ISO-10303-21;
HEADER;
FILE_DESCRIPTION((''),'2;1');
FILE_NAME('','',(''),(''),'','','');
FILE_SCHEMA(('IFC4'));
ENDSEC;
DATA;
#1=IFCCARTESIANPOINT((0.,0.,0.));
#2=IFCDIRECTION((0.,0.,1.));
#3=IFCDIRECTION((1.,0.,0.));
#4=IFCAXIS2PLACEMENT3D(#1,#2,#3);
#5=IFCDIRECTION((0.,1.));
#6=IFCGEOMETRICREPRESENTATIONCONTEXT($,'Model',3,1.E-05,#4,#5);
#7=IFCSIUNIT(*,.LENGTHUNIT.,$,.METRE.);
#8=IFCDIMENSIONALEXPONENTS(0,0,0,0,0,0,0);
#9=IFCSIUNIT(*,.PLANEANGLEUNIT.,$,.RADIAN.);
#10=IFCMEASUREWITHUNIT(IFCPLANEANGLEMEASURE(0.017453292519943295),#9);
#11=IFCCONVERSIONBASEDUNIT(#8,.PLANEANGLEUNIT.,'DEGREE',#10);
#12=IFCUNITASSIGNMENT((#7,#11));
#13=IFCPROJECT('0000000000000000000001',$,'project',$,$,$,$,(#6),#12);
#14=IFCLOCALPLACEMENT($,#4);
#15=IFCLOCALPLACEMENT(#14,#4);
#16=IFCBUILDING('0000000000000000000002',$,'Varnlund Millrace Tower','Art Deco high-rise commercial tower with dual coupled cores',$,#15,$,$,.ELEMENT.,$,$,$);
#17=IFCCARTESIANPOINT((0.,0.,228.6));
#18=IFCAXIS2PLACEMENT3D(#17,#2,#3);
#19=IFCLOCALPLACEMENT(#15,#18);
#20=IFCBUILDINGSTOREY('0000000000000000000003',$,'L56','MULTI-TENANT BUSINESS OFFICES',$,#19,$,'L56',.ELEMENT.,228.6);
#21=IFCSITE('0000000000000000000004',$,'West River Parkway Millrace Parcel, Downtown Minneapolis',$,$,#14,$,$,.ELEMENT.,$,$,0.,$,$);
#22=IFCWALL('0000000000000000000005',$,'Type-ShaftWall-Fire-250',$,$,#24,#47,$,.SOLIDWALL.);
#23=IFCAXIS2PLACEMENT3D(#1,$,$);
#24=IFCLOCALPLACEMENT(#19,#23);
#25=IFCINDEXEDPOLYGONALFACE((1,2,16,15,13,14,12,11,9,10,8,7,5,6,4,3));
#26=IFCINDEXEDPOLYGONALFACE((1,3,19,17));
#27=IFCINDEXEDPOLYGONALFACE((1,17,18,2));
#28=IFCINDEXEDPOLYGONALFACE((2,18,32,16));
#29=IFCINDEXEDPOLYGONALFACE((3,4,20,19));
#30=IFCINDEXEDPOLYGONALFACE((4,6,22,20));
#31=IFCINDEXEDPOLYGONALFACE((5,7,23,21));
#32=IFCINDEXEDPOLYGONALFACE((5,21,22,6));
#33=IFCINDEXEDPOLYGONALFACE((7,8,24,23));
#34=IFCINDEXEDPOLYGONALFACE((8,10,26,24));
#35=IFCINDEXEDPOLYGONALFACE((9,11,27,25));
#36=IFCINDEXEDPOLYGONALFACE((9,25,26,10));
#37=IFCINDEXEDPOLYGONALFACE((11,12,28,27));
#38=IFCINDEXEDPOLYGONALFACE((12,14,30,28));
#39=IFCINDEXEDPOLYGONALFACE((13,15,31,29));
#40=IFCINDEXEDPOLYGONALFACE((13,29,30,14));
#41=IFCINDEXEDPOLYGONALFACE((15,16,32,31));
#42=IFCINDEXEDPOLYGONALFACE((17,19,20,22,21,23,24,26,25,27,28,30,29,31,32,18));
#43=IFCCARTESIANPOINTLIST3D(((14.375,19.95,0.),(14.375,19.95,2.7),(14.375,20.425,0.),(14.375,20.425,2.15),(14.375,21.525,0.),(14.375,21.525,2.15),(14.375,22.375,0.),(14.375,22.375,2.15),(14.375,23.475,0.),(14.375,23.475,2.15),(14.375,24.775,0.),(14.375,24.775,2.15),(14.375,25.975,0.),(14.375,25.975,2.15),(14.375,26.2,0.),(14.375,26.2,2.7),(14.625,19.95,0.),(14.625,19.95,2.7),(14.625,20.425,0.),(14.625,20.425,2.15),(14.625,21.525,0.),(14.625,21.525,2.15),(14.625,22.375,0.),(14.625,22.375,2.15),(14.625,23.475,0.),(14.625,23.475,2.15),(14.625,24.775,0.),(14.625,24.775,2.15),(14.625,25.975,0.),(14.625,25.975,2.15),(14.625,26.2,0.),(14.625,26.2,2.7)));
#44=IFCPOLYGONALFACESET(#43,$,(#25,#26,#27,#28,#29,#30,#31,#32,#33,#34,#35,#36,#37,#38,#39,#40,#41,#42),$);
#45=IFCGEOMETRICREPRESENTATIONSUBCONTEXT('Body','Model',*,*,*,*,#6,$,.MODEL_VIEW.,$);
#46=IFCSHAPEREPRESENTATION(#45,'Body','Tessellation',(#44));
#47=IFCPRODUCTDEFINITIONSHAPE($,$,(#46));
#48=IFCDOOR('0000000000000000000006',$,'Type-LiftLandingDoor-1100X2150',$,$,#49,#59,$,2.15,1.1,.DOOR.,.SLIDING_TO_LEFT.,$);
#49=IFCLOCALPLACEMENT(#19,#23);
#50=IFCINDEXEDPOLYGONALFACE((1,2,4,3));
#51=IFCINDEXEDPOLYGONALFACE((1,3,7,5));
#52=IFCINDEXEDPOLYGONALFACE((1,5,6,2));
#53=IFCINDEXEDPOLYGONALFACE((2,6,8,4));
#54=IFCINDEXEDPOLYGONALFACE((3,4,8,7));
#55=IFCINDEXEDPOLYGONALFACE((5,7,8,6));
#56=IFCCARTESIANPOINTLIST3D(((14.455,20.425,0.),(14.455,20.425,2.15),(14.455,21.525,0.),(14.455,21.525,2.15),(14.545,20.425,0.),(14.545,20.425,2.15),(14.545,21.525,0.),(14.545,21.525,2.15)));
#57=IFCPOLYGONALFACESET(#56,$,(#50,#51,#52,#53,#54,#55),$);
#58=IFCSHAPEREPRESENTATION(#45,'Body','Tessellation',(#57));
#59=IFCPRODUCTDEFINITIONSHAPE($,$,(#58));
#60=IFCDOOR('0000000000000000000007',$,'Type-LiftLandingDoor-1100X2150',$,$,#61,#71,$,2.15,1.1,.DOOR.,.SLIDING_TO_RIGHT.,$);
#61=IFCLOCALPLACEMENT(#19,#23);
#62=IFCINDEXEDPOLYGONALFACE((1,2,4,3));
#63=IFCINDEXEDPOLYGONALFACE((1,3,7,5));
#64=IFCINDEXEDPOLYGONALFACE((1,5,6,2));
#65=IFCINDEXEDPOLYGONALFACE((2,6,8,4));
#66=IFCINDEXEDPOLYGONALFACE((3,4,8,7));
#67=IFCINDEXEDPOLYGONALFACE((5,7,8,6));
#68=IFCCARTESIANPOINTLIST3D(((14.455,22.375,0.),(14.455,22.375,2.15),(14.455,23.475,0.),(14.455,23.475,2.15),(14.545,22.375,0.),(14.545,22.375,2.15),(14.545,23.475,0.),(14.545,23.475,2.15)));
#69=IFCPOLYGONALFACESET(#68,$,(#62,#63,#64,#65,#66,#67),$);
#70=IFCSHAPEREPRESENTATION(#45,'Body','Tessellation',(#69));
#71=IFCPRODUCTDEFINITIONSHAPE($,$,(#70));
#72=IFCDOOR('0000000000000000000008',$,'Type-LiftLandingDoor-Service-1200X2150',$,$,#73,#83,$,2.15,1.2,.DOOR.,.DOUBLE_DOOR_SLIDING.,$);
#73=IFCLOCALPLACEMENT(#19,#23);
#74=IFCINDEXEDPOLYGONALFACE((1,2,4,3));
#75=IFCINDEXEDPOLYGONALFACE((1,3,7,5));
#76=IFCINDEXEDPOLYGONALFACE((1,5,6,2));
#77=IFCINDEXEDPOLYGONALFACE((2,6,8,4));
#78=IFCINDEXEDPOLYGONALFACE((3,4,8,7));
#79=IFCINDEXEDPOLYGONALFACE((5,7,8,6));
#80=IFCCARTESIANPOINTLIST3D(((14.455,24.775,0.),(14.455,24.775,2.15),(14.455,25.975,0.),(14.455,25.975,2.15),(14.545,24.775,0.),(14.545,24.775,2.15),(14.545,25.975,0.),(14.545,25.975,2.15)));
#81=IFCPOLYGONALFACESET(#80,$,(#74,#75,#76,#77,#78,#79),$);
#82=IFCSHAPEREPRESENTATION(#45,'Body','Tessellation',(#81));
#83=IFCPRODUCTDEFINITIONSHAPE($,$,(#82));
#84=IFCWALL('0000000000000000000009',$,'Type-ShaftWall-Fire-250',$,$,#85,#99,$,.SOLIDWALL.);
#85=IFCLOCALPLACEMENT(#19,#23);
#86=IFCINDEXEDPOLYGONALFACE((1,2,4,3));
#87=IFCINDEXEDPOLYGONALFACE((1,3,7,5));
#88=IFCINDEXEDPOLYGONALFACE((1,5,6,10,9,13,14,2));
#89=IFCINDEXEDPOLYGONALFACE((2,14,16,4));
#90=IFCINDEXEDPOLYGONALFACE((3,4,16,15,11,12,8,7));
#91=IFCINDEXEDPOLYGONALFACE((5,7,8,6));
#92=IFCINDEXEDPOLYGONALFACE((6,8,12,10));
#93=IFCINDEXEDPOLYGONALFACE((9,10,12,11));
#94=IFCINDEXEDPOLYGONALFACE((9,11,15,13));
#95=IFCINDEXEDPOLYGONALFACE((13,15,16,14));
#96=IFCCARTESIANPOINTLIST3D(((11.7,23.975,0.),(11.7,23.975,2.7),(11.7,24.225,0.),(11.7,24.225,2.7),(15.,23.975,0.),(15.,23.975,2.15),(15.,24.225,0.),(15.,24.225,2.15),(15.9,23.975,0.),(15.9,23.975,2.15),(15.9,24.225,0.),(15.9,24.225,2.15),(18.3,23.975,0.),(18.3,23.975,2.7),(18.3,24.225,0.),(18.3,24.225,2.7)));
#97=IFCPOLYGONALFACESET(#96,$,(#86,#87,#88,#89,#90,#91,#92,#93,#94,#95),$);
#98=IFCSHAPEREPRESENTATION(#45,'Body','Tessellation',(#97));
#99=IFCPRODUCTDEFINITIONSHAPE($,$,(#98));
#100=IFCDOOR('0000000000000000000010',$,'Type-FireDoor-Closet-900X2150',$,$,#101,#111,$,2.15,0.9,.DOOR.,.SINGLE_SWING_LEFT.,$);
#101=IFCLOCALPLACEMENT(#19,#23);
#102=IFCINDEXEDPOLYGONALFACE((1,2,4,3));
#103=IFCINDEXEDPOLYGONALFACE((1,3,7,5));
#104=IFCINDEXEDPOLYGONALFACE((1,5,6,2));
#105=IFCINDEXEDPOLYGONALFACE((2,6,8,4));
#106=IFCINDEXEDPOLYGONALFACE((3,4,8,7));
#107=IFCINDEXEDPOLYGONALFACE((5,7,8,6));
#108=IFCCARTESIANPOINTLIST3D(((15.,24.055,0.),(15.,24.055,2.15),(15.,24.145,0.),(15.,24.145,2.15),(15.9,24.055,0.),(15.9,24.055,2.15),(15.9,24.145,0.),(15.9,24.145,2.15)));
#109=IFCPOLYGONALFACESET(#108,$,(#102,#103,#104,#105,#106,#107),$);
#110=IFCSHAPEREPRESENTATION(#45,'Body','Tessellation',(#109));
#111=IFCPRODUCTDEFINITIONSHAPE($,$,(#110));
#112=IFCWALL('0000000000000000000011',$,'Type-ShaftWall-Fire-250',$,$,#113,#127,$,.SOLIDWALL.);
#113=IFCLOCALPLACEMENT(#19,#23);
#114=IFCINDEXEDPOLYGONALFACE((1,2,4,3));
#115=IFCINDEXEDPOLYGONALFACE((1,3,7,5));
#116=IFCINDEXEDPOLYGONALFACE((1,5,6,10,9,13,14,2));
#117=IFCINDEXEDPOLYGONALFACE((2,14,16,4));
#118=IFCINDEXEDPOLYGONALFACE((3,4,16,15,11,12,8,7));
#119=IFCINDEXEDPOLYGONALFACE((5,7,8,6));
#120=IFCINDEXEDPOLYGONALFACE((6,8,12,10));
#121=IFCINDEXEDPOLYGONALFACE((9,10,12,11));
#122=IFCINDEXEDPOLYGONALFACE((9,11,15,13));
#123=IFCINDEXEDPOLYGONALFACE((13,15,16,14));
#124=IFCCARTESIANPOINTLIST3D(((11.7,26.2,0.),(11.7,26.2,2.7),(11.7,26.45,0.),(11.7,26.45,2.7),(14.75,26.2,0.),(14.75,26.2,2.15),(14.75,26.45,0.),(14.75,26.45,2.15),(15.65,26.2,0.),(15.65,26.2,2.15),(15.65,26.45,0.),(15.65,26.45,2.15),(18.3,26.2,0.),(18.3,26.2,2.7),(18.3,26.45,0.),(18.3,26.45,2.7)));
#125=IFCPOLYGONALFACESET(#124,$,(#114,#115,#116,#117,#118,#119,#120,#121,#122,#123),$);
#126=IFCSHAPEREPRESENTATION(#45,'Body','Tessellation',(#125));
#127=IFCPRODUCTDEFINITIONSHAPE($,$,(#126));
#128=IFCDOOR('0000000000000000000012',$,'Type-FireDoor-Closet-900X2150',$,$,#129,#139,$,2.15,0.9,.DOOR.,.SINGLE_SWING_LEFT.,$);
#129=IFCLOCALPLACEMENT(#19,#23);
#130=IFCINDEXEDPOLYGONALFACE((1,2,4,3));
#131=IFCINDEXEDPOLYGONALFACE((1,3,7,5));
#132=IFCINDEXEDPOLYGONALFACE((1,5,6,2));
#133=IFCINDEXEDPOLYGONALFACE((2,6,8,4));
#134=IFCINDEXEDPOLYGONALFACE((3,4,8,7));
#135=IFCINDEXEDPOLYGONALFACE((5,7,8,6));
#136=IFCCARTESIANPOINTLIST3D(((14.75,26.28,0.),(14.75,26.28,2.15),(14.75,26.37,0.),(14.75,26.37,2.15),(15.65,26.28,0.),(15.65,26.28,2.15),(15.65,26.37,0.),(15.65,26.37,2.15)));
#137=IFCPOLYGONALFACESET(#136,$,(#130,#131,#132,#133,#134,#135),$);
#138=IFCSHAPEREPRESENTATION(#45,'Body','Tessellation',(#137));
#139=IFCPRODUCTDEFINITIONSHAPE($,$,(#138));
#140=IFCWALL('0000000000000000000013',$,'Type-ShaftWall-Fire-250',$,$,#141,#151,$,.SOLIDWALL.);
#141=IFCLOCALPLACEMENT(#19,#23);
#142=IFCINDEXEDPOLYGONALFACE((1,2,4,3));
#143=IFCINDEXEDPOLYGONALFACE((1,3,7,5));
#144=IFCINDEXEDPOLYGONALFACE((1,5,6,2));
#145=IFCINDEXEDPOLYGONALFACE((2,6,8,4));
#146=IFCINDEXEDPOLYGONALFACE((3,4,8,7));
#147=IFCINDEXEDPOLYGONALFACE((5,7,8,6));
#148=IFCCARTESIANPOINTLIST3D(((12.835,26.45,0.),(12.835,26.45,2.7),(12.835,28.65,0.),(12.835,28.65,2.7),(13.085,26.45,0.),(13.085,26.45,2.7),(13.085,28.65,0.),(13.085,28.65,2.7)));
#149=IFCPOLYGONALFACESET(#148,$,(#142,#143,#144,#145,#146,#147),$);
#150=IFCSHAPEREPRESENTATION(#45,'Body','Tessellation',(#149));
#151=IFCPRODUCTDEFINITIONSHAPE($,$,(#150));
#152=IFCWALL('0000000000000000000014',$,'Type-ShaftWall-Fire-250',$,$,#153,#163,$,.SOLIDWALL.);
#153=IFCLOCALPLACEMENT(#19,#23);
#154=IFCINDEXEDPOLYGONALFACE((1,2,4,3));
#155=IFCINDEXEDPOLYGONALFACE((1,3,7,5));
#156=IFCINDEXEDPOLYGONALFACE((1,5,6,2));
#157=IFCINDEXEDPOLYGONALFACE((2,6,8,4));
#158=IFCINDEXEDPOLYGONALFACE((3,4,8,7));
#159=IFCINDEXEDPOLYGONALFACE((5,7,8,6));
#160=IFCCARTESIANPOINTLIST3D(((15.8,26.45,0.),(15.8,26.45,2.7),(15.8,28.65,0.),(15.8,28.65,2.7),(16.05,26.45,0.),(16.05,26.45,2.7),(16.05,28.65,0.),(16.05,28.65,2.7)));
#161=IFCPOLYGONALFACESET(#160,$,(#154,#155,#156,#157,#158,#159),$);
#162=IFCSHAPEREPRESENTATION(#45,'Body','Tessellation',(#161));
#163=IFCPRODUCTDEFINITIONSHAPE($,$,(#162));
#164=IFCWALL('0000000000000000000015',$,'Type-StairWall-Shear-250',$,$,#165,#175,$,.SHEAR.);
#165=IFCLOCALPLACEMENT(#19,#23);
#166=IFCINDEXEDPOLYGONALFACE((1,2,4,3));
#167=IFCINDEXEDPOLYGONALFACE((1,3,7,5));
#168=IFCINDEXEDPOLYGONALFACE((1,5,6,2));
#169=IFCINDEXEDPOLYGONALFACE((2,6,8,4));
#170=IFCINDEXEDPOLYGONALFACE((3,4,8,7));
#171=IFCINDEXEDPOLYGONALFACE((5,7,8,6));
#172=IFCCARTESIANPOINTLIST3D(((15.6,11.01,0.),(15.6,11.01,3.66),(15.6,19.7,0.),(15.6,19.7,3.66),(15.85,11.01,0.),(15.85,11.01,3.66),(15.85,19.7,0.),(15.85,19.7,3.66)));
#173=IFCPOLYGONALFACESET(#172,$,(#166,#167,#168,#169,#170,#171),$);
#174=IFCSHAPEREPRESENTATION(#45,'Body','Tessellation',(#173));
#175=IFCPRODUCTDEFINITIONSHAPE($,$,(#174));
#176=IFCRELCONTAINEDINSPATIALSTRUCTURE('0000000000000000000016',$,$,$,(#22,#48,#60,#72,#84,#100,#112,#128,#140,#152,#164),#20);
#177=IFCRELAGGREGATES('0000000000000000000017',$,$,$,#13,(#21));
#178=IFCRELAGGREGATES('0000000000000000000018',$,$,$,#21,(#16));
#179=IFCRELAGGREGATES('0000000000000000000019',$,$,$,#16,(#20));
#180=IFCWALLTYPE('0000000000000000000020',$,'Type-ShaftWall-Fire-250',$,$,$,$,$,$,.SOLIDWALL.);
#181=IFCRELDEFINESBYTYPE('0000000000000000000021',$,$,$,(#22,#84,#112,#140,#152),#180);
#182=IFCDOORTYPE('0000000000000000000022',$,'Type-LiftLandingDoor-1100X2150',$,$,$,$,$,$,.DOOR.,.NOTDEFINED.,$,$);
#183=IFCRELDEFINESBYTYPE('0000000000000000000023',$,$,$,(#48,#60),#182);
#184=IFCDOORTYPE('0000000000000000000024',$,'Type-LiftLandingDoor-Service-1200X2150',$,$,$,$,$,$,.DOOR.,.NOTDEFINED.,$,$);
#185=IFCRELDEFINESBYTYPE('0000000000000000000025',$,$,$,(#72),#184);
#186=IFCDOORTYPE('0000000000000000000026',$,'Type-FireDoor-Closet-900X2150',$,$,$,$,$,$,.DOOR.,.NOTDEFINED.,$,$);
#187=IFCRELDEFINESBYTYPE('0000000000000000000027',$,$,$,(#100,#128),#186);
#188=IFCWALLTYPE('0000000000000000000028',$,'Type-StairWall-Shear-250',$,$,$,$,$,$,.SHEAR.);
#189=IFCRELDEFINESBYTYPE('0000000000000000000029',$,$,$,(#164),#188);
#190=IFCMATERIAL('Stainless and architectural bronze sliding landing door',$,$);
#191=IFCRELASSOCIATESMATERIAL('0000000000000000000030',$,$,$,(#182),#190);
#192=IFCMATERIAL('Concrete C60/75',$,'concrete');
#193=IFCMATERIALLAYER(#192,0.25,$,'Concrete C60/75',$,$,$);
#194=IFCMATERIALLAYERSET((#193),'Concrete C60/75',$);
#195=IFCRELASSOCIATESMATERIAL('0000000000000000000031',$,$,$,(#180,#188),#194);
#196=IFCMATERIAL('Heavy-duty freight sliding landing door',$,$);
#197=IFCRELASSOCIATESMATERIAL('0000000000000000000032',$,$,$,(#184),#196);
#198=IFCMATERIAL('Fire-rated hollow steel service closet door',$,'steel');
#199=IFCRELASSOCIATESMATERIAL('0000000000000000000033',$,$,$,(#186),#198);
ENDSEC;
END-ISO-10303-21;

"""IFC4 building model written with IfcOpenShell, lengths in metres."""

from ifc_helpers import new_model, entity, si_unit, converted_unit, direction, frame, origin_with_axes, origin_2d_with_axis, place, context, subcontext, project, spatial, polyline, rectangle, outline, extrude, material, layer, layer_set, type_object, element, fill, save


model = new_model("IFC4")

# Units and contexts
model_context = context("Model", 3, precision=1e-05, world=origin_with_axes(), true_north=direction((0.0, 1.0)))
body_context = subcontext(model_context, "Body", "Model", "MODEL_VIEW")
ifc_project = project(units=[si_unit("LENGTHUNIT", "METRE"), converted_unit("PLANEANGLEUNIT", "DEGREE", entity("IfcPlaneAngleMeasure", 0.017453292519943295), si_unit("PLANEANGLEUNIT", "RADIAN"), dimensions=[0, 0, 0, 0, 0, 0, 0])], contexts=[model_context])

# Site, building, storey
site_placement = place(None, origin_with_axes())
site = spatial("IfcSite", under=ifc_project, at=site_placement, Name="West River Parkway Millrace Parcel, Downtown Minneapolis", CompositionType="ELEMENT", RefElevation=0.0)
building_placement = place(site_placement, origin_with_axes())
building = spatial("IfcBuilding", under=site, at=building_placement, Name="Varnlund Millrace Tower", Description="Art Deco high-rise commercial tower with dual coupled cores", CompositionType="ELEMENT")
storey_placement = place(building_placement, frame((0.0, 0.0, 228.6), z_axis=(0.0, 0.0, 1.0), x_axis=(1.0, 0.0, 0.0)))
storey = spatial("IfcBuildingStorey", under=building, at=storey_placement, Name="L56", Description="MULTI-TENANT BUSINESS OFFICES", LongName="L56", CompositionType="ELEMENT", Elevation=228.6)

# Shared definitions
ifc_material_1 = material(Name="Concrete C60/75", Category="concrete")

# Wall, openings, doors
ifc_material_2 = material(Name="Stainless and architectural bronze sliding landing door")
door_type_1 = type_object("IfcDoorType", Name="Type-LiftLandingDoor-1100X2150", OperationType="NOTDEFINED", PredefinedType="DOOR", material=ifc_material_2)
ifc_layer_1 = layer(ifc_material_1, 0.25, Name="Concrete C60/75")
ifc_layer_set_1 = layer_set([ifc_layer_1], Name="Concrete C60/75")
wall_type_1 = type_object("IfcWallType", Name="Type-ShaftWall-Fire-250", PredefinedType="SOLIDWALL", material=ifc_layer_set_1)
wall_1_placement = place(storey_placement, frame((14.5, 19.95, 0.0), z_axis=(0.0, 0.0, 1.0), x_axis=(0.0, 1.0, 0.0)))
wall_1 = element("IfcWall", 1, at=wall_1_placement, inside=storey, type_object=wall_type_1, Name="Type-ShaftWall-Fire-250", PredefinedType="SOLIDWALL", context=body_context, shape_type="SweptSolid", body=[
    extrude(outline(polyline([(0.0, -0.125), (6.25, -0.125), (6.25, 0.125), (0.0, 0.125), (0.0, -0.125)])), origin_with_axes(), (0.0, 0.0, 1.0), 2.7),
])
opening_1_placement = place(wall_1_placement, frame((1.025, 0.0, 0.0), z_axis=(0.0, 0.0, 1.0), x_axis=(1.0, 0.0, 0.0)))
opening_1 = element("IfcOpeningElement", 2, at=opening_1_placement, cuts=wall_1, PredefinedType="OPENING", context=body_context, shape_type="SweptSolid", body=[
    extrude(rectangle(XDim=1.1, YDim=0.27, at=origin_2d_with_axis()), origin_with_axes(), (0.0, 0.0, 1.0), 2.15),
])
opening_2_placement = place(wall_1_placement, frame((2.975, 0.0, 0.0), z_axis=(0.0, 0.0, 1.0), x_axis=(1.0, 0.0, 0.0)))
opening_2 = element("IfcOpeningElement", 3, at=opening_2_placement, cuts=wall_1, PredefinedType="OPENING", context=body_context, shape_type="SweptSolid", body=[
    extrude(rectangle(XDim=1.1, YDim=0.27, at=origin_2d_with_axis()), origin_with_axes(), (0.0, 0.0, 1.0), 2.15),
])
opening_3_placement = place(wall_1_placement, frame((5.425, 0.0, 0.0), z_axis=(0.0, 0.0, 1.0), x_axis=(1.0, 0.0, 0.0)))
opening_3 = element("IfcOpeningElement", 4, at=opening_3_placement, cuts=wall_1, PredefinedType="OPENING", context=body_context, shape_type="SweptSolid", body=[
    extrude(rectangle(XDim=1.2, YDim=0.27, at=origin_2d_with_axis()), origin_with_axes(), (0.0, 0.0, 1.0), 2.15),
])
door_1_placement = place(wall_1_placement, frame((1.025, 0.0, 0.0), z_axis=(0.0, 0.0, 1.0), x_axis=(1.0, 0.0, 0.0)))
door_1 = element("IfcDoor", 5, at=door_1_placement, inside=storey, type_object=door_type_1, Name="Type-LiftLandingDoor-1100X2150", OperationType="SLIDING_TO_LEFT", OverallHeight=2.15, OverallWidth=1.1, PredefinedType="DOOR", context=body_context, shape_type="SweptSolid", body=[
    extrude(rectangle(XDim=1.1, YDim=0.09, at=origin_2d_with_axis()), origin_with_axes(), (0.0, 0.0, 1.0), 2.15),
])
fill(opening_1, door_1)
door_2_placement = place(wall_1_placement, frame((2.975, 0.0, 0.0), z_axis=(0.0, 0.0, 1.0), x_axis=(1.0, 0.0, 0.0)))
door_2 = element("IfcDoor", 6, at=door_2_placement, inside=storey, type_object=door_type_1, Name="Type-LiftLandingDoor-1100X2150", OperationType="SLIDING_TO_RIGHT", OverallHeight=2.15, OverallWidth=1.1, PredefinedType="DOOR", context=body_context, shape_type="SweptSolid", body=[
    extrude(rectangle(XDim=1.1, YDim=0.09, at=origin_2d_with_axis()), origin_with_axes(), (0.0, 0.0, 1.0), 2.15),
])
fill(opening_2, door_2)
ifc_material_3 = material(Name="Heavy-duty freight sliding landing door")
door_type_2 = type_object("IfcDoorType", Name="Type-LiftLandingDoor-Service-1200X2150", OperationType="NOTDEFINED", PredefinedType="DOOR", material=ifc_material_3)
door_3_placement = place(wall_1_placement, frame((5.425, 0.0, 0.0), z_axis=(0.0, 0.0, 1.0), x_axis=(1.0, 0.0, 0.0)))
door_3 = element("IfcDoor", 7, at=door_3_placement, inside=storey, type_object=door_type_2, Name="Type-LiftLandingDoor-Service-1200X2150", OperationType="DOUBLE_DOOR_SLIDING", OverallHeight=2.15, OverallWidth=1.2, PredefinedType="DOOR", context=body_context, shape_type="SweptSolid", body=[
    extrude(rectangle(XDim=1.2, YDim=0.09, at=origin_2d_with_axis()), origin_with_axes(), (0.0, 0.0, 1.0), 2.15),
])
fill(opening_3, door_3)

# Walls, openings, doors
wall_2_placement = place(storey_placement, frame((11.7, 24.1, 0.0), z_axis=(0.0, 0.0, 1.0), x_axis=(1.0, 0.0, 0.0)))
wall_2 = element("IfcWall", 8, at=wall_2_placement, inside=storey, type_object=wall_type_1, Name="Type-ShaftWall-Fire-250", PredefinedType="SOLIDWALL", context=body_context, shape_type="SweptSolid", body=[
    extrude(outline(polyline([(0.0, -0.125), (6.6, -0.125), (6.6, 0.125), (0.0, 0.125), (0.0, -0.125)])), origin_with_axes(), (0.0, 0.0, 1.0), 2.7),
])
opening_4_placement = place(wall_2_placement, frame((3.75, 0.0, 0.0), z_axis=(0.0, 0.0, 1.0), x_axis=(1.0, 0.0, 0.0)))
opening_4 = element("IfcOpeningElement", 9, at=opening_4_placement, cuts=wall_2, PredefinedType="OPENING", context=body_context, shape_type="SweptSolid", body=[
    extrude(rectangle(XDim=0.9, YDim=0.27, at=origin_2d_with_axis()), origin_with_axes(), (0.0, 0.0, 1.0), 2.15),
])
ifc_material_4 = material(Name="Fire-rated hollow steel service closet door", Category="steel")
door_type_3 = type_object("IfcDoorType", Name="Type-FireDoor-Closet-900X2150", OperationType="NOTDEFINED", PredefinedType="DOOR", material=ifc_material_4)
door_4_placement = place(wall_2_placement, frame((3.75, 0.0, 0.0), z_axis=(0.0, 0.0, 1.0), x_axis=(1.0, 0.0, 0.0)))
door_4 = element("IfcDoor", 10, at=door_4_placement, inside=storey, type_object=door_type_3, Name="Type-FireDoor-Closet-900X2150", OperationType="SINGLE_SWING_LEFT", OverallHeight=2.15, OverallWidth=0.9, PredefinedType="DOOR", context=body_context, shape_type="SweptSolid", body=[
    extrude(rectangle(XDim=0.9, YDim=0.09, at=origin_2d_with_axis()), origin_with_axes(), (0.0, 0.0, 1.0), 2.15),
])
fill(opening_4, door_4)
wall_3_placement = place(storey_placement, frame((11.7, 26.325, 0.0), z_axis=(0.0, 0.0, 1.0), x_axis=(1.0, 0.0, 0.0)))
wall_3 = element("IfcWall", 11, at=wall_3_placement, inside=storey, type_object=wall_type_1, Name="Type-ShaftWall-Fire-250", PredefinedType="SOLIDWALL", context=body_context, shape_type="SweptSolid", body=[
    extrude(outline(polyline([(0.0, -0.125), (6.6, -0.125), (6.6, 0.125), (0.0, 0.125), (0.0, -0.125)])), origin_with_axes(), (0.0, 0.0, 1.0), 2.7),
])
opening_5_placement = place(wall_3_placement, frame((3.5, 0.0, 0.0), z_axis=(0.0, 0.0, 1.0), x_axis=(1.0, 0.0, 0.0)))
opening_5 = element("IfcOpeningElement", 12, at=opening_5_placement, cuts=wall_3, PredefinedType="OPENING", context=body_context, shape_type="SweptSolid", body=[
    extrude(rectangle(XDim=0.9, YDim=0.27, at=origin_2d_with_axis()), origin_with_axes(), (0.0, 0.0, 1.0), 2.15),
])
door_5_placement = place(wall_3_placement, frame((3.5, 0.0, 0.0), z_axis=(0.0, 0.0, 1.0), x_axis=(1.0, 0.0, 0.0)))
door_5 = element("IfcDoor", 13, at=door_5_placement, inside=storey, type_object=door_type_3, Name="Type-FireDoor-Closet-900X2150", OperationType="SINGLE_SWING_LEFT", OverallHeight=2.15, OverallWidth=0.9, PredefinedType="DOOR", context=body_context, shape_type="SweptSolid", body=[
    extrude(rectangle(XDim=0.9, YDim=0.09, at=origin_2d_with_axis()), origin_with_axes(), (0.0, 0.0, 1.0), 2.15),
])
fill(opening_5, door_5)

# Walls
for number, where, z_axis, x_axis, name in (
    (14, (12.96, 26.45, 0.0), (0.0, 0.0, 1.0), (0.0, 1.0, 0.0), "Type-ShaftWall-Fire-250"),
    (15, (15.925, 26.45, 0.0), (0.0, 0.0, 1.0), (0.0, 1.0, 0.0), "Type-ShaftWall-Fire-250"),
):
    element("IfcWall", number, at=place(storey_placement, frame(where, z_axis=z_axis, x_axis=x_axis)), inside=storey, type_object=wall_type_1, Name=name, PredefinedType="SOLIDWALL", context=body_context, shape_type="SweptSolid", body=[
        extrude(outline(polyline([(0.0, -0.125), (2.2, -0.125), (2.2, 0.125), (0.0, 0.125), (0.0, -0.125)])), origin_with_axes(), (0.0, 0.0, 1.0), 2.7),
    ])
wall_type_2 = type_object("IfcWallType", Name="Type-StairWall-Shear-250", PredefinedType="SHEAR", material=ifc_layer_set_1)
wall_4_placement = place(storey_placement, frame((15.725, 11.01, 0.0), z_axis=(0.0, 0.0, 1.0), x_axis=(0.0, 1.0, 0.0)))
element("IfcWall", 16, at=wall_4_placement, inside=storey, type_object=wall_type_2, Name="Type-StairWall-Shear-250", PredefinedType="SHEAR", context=body_context, shape_type="SweptSolid", body=[
    extrude(outline(polyline([(0.0, -0.125), (8.69, -0.125), (8.69, 0.125), (0.0, 0.125), (0.0, -0.125)])), origin_with_axes(), (0.0, 0.0, 1.0), 3.66),
])

save(model, "model.ifc")
